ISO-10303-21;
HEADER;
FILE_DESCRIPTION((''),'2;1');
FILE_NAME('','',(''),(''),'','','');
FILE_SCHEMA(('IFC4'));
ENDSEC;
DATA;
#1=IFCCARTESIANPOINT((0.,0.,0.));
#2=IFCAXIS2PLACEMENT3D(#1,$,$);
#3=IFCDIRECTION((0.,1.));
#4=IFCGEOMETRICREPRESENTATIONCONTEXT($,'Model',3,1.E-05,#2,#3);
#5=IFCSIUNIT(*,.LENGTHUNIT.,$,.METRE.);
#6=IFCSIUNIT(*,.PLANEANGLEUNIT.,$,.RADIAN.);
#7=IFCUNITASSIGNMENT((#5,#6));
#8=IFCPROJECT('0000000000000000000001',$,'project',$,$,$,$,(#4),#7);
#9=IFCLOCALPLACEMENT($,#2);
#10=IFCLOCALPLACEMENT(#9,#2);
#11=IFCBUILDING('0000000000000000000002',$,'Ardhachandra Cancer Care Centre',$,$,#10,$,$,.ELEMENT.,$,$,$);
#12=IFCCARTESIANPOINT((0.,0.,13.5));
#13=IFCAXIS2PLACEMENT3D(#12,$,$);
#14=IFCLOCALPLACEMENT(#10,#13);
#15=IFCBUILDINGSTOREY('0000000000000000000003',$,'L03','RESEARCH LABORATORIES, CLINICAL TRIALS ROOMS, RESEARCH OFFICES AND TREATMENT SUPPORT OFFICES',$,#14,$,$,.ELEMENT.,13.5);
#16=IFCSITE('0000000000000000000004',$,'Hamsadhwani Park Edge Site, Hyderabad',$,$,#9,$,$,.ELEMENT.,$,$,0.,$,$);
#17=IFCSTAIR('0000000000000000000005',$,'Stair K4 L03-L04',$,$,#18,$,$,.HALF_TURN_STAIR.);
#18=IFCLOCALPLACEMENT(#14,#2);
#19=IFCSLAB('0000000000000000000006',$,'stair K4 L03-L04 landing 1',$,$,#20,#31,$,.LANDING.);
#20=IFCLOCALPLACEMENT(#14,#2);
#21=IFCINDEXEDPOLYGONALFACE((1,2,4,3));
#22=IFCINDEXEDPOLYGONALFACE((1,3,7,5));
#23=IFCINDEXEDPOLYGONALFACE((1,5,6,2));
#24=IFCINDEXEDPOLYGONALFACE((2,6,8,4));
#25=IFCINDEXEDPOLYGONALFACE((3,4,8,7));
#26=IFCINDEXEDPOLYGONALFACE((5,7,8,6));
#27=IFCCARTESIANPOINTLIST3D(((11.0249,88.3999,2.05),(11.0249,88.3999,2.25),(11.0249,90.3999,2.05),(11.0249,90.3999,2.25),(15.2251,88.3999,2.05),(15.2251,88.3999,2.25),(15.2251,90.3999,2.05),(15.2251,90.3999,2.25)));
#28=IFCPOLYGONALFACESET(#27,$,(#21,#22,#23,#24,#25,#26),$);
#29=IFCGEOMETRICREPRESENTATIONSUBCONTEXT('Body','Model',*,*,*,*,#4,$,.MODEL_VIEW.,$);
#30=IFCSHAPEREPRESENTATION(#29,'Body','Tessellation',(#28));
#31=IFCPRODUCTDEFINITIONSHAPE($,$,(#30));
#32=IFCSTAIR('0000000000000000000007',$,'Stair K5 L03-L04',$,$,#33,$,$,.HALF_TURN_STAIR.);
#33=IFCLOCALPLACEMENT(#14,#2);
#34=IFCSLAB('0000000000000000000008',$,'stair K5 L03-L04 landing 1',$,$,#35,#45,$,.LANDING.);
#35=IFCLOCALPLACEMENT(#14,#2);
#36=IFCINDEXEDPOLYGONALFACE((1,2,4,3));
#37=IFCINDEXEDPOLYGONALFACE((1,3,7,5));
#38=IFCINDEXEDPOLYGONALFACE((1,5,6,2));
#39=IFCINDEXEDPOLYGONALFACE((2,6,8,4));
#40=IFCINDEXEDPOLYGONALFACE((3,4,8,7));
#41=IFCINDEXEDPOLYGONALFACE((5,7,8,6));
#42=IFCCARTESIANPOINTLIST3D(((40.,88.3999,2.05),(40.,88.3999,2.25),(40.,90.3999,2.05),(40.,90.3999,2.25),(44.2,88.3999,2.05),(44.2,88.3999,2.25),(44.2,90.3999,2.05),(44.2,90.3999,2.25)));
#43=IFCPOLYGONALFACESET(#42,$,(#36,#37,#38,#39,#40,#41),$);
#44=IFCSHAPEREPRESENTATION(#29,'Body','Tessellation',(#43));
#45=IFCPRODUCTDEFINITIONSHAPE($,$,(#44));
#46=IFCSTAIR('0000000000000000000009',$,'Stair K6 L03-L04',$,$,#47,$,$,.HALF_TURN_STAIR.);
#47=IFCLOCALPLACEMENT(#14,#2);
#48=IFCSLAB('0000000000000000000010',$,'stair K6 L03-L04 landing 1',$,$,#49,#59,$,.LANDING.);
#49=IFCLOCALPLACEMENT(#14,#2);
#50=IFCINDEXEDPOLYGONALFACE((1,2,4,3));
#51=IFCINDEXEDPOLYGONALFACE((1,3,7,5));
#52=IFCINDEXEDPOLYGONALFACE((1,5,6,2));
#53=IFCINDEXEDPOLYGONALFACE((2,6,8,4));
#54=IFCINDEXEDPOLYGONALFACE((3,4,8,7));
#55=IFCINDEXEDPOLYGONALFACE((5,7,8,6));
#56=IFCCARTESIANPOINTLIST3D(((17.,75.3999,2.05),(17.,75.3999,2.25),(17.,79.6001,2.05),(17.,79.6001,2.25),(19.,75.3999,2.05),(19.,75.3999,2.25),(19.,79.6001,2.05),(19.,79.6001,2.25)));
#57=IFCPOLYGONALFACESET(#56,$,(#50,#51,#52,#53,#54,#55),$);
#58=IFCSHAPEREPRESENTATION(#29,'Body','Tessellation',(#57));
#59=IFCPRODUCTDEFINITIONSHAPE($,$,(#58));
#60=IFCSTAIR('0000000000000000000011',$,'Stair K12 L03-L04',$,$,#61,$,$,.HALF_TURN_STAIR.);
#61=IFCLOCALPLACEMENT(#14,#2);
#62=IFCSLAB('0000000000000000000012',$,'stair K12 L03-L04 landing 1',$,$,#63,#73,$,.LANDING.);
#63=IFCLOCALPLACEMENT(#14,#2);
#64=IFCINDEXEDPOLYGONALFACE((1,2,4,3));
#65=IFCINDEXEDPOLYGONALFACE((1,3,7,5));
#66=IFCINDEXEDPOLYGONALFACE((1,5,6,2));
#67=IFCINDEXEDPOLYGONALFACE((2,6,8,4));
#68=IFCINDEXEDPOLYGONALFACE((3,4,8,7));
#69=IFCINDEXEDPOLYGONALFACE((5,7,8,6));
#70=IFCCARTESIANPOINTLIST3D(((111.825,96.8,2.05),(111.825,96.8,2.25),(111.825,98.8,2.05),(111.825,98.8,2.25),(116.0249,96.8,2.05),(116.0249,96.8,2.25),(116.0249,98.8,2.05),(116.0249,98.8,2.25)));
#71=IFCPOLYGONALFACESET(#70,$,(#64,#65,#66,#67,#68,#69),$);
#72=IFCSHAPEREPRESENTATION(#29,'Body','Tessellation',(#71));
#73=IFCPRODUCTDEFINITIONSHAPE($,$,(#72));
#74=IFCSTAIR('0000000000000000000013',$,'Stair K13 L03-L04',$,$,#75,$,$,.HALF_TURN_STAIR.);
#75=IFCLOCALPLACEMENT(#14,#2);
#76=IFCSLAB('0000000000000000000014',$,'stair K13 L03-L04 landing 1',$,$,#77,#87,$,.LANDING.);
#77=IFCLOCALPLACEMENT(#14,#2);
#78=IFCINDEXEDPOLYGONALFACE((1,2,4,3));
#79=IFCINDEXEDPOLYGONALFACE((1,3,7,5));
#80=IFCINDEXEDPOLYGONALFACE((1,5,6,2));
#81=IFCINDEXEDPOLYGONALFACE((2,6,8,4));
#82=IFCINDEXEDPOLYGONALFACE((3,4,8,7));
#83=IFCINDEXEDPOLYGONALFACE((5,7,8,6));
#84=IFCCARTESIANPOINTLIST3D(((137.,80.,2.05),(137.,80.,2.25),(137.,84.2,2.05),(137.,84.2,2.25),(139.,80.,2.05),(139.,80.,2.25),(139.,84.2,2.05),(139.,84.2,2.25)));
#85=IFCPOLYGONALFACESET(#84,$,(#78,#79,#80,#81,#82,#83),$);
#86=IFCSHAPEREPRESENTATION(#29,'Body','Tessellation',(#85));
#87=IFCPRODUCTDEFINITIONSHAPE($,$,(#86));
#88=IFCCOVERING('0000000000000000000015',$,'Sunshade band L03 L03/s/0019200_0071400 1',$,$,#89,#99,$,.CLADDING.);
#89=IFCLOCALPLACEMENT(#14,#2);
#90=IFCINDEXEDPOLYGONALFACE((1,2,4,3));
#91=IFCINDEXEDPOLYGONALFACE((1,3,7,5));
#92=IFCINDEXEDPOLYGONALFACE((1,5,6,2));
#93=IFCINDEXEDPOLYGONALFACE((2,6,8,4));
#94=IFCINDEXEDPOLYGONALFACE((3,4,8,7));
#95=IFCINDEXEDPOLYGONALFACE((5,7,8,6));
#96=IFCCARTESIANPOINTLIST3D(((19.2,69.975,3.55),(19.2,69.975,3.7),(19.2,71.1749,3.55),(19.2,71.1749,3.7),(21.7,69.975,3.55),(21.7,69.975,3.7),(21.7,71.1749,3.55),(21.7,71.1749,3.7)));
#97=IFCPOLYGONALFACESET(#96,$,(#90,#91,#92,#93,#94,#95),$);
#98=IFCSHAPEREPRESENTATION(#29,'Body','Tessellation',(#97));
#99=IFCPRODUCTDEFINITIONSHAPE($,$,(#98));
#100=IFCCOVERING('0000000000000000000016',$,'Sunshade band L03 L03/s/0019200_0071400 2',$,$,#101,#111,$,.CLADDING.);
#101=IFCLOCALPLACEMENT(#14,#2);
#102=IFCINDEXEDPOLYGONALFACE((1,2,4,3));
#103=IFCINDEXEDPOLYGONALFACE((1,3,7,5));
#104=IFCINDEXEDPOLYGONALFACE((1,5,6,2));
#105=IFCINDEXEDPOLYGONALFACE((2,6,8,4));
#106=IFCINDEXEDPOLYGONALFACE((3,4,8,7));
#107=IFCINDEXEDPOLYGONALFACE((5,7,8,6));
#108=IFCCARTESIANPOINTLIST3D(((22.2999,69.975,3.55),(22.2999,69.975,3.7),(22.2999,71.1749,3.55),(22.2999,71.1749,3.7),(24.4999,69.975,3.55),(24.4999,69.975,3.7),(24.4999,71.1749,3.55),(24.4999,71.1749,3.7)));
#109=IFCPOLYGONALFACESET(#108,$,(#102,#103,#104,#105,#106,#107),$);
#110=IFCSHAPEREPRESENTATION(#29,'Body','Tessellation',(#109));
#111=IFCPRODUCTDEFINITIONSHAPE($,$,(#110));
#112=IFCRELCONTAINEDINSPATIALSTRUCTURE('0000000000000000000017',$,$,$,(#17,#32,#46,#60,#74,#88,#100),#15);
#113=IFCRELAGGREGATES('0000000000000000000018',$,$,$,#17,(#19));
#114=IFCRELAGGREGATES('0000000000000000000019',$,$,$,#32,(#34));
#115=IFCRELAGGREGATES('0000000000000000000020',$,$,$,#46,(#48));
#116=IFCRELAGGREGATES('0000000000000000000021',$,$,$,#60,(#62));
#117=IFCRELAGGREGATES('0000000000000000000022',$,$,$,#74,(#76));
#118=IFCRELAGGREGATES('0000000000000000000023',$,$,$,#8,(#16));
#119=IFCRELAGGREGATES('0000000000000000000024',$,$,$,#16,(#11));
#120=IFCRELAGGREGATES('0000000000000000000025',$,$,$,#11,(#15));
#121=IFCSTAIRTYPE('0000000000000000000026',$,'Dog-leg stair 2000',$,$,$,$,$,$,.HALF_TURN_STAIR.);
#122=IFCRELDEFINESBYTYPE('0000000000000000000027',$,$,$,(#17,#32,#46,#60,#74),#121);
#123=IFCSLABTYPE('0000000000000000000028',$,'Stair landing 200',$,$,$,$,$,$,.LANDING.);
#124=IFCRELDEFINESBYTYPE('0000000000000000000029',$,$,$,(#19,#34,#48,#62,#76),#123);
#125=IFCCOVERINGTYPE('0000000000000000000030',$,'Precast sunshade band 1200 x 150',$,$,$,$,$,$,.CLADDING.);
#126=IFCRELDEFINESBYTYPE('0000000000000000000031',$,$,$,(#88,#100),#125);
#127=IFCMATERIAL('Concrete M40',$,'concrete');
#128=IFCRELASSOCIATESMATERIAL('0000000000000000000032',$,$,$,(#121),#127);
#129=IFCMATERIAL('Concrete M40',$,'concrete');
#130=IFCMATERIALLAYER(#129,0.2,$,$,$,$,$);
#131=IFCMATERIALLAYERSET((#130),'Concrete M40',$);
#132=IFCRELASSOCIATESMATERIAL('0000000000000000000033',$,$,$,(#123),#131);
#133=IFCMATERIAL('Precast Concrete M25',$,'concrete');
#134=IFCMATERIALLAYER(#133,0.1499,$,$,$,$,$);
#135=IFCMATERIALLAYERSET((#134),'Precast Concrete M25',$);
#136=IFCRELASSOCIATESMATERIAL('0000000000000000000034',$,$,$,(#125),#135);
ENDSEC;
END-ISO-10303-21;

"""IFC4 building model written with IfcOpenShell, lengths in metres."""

from ifc_helpers import new_model, si_unit, direction, frame, origin, origin_2d, place, context, subcontext, project, spatial, polyline, rectangle, outline, extrude, material, layer, layer_set, type_object, element, aggregate, save


model = new_model("IFC4")

# Units and contexts
model_context = context("Model", 3, precision=1e-05, world=origin(), true_north=direction((0.0, 1.0)))
body_context = subcontext(model_context, "Body", "Model", "MODEL_VIEW")
ifc_project = project(units=[si_unit("LENGTHUNIT", "METRE"), si_unit("PLANEANGLEUNIT", "RADIAN")], contexts=[model_context])

# Site, building, storey
site_placement = place(None, origin())
site = spatial("IfcSite", under=ifc_project, at=site_placement, Name="Hamsadhwani Park Edge Site, Hyderabad", CompositionType="ELEMENT", RefElevation=0.0)
building_placement = place(site_placement, origin())
building = spatial("IfcBuilding", under=site, at=building_placement, Name="Ardhachandra Cancer Care Centre", CompositionType="ELEMENT")
storey_placement = place(building_placement, frame((0.0, 0.0, 13.5)))
storey = spatial("IfcBuildingStorey", under=building, at=storey_placement, Name="L03", Description="RESEARCH LABORATORIES, CLINICAL TRIALS ROOMS, RESEARCH OFFICES AND TREATMENT SUPPORT OFFICES", CompositionType="ELEMENT", Elevation=13.5)

# Stairs, slabs
ifc_material_1 = material(Name="Concrete M40", Category="concrete")
stair_type = type_object("IfcStairType", Name="Dog-leg stair 2000", PredefinedType="HALF_TURN_STAIR", material=ifc_material_1)
stair_1_placement = place(storey_placement, origin())
stair_1 = element("IfcStair", 1, at=stair_1_placement, inside=storey, type_object=stair_type, Name="Stair K4 L03-L04", PredefinedType="HALF_TURN_STAIR")
ifc_material_2 = material(Name="Concrete M40", Category="concrete")
ifc_layer_1 = layer(ifc_material_2, 0.2)
ifc_layer_set_1 = layer_set([ifc_layer_1], Name="Concrete M40")
slab_type_1 = type_object("IfcSlabType", Name="Stair landing 200", PredefinedType="LANDING", material=ifc_layer_set_1)
slab_1_placement = place(storey_placement, frame((0.0, 0.0, 2.05)))
slab_1 = element("IfcSlab", 2, at=slab_1_placement, type_object=slab_type_1, Name="stair K4 L03-L04 landing 1", PredefinedType="LANDING", context=body_context, shape_type="SweptSolid", body=[
    extrude(outline(polyline([(11.0249, 88.3999), (15.2251, 88.3999), (15.2251, 90.3999), (11.0249, 90.3999), (11.0249, 88.3999)])), origin(), (0.0, 0.0, 1.0), 0.2),
])
aggregate(stair_1, [slab_1])
stair_2_placement = place(storey_placement, origin())
stair_2 = element("IfcStair", 3, at=stair_2_placement, inside=storey, type_object=stair_type, Name="Stair K5 L03-L04", PredefinedType="HALF_TURN_STAIR")
slab_2_placement = place(storey_placement, frame((0.0, 0.0, 2.05)))
slab_2 = element("IfcSlab", 4, at=slab_2_placement, type_object=slab_type_1, Name="stair K5 L03-L04 landing 1", PredefinedType="LANDING", context=body_context, shape_type="SweptSolid", body=[
    extrude(outline(polyline([(40.0, 88.3999), (44.2, 88.3999), (44.2, 90.3999), (40.0, 90.3999), (40.0, 88.3999)])), origin(), (0.0, 0.0, 1.0), 0.2),
])
aggregate(stair_2, [slab_2])
stair_3_placement = place(storey_placement, origin())
stair_3 = element("IfcStair", 5, at=stair_3_placement, inside=storey, type_object=stair_type, Name="Stair K6 L03-L04", PredefinedType="HALF_TURN_STAIR")
slab_3_placement = place(storey_placement, frame((0.0, 0.0, 2.05)))
slab_3 = element("IfcSlab", 6, at=slab_3_placement, type_object=slab_type_1, Name="stair K6 L03-L04 landing 1", PredefinedType="LANDING", context=body_context, shape_type="SweptSolid", body=[
    extrude(outline(polyline([(17.0, 75.3999), (19.0, 75.3999), (19.0, 79.6001), (17.0, 79.6001), (17.0, 75.3999)])), origin(), (0.0, 0.0, 1.0), 0.2),
])
aggregate(stair_3, [slab_3])
stair_4_placement = place(storey_placement, origin())
stair_4 = element("IfcStair", 7, at=stair_4_placement, inside=storey, type_object=stair_type, Name="Stair K12 L03-L04", PredefinedType="HALF_TURN_STAIR")
slab_4_placement = place(storey_placement, frame((0.0, 0.0, 2.05)))
slab_4 = element("IfcSlab", 8, at=slab_4_placement, type_object=slab_type_1, Name="stair K12 L03-L04 landing 1", PredefinedType="LANDING", context=body_context, shape_type="SweptSolid", body=[
    extrude(outline(polyline([(111.825, 96.8), (116.0249, 96.8), (116.0249, 98.8), (111.825, 98.8), (111.825, 96.8)])), origin(), (0.0, 0.0, 1.0), 0.2),
])
aggregate(stair_4, [slab_4])
stair_5_placement = place(storey_placement, origin())
stair_5 = element("IfcStair", 9, at=stair_5_placement, inside=storey, type_object=stair_type, Name="Stair K13 L03-L04", PredefinedType="HALF_TURN_STAIR")
slab_5_placement = place(storey_placement, frame((0.0, 0.0, 2.05)))
slab_5 = element("IfcSlab", 10, at=slab_5_placement, type_object=slab_type_1, Name="stair K13 L03-L04 landing 1", PredefinedType="LANDING", context=body_context, shape_type="SweptSolid", body=[
    extrude(outline(polyline([(137.0, 80.0), (139.0, 80.0), (139.0, 84.2), (137.0, 84.2), (137.0, 80.0)])), origin(), (0.0, 0.0, 1.0), 0.2),
])
aggregate(stair_5, [slab_5])

# Coverings
ifc_material_3 = material(Name="Precast Concrete M25", Category="concrete")
ifc_layer_2 = layer(ifc_material_3, 0.1499)
ifc_layer_set_2 = layer_set([ifc_layer_2], Name="Precast Concrete M25")
covering_type = type_object("IfcCoveringType", Name="Precast sunshade band 1200 x 150", PredefinedType="CLADDING", material=ifc_layer_set_2)
covering_1_placement = place(storey_placement, frame((20.45, 70.575, 3.55), z_axis=(0.0, 0.0, 1.0), x_axis=(1.0, 0.0, 0.0)))
element("IfcCovering", 11, at=covering_1_placement, inside=storey, type_object=covering_type, Name="Sunshade band L03 L03/s/0019200_0071400 1", PredefinedType="CLADDING", context=body_context, shape_type="SweptSolid", body=[
    extrude(rectangle(XDim=2.5, YDim=1.2, at=origin_2d()), origin(), (0.0, 0.0, 1.0), 0.1499),
])
covering_2_placement = place(storey_placement, frame((23.3999, 70.575, 3.55), z_axis=(0.0, 0.0, 1.0), x_axis=(1.0, 0.0, 0.0)))
element("IfcCovering", 12, at=covering_2_placement, inside=storey, type_object=covering_type, Name="Sunshade band L03 L03/s/0019200_0071400 2", PredefinedType="CLADDING", context=body_context, shape_type="SweptSolid", body=[
    extrude(rectangle(XDim=2.2, YDim=1.2, at=origin_2d()), origin(), (0.0, 0.0, 1.0), 0.1499),
])

save(model, "model.ifc")
